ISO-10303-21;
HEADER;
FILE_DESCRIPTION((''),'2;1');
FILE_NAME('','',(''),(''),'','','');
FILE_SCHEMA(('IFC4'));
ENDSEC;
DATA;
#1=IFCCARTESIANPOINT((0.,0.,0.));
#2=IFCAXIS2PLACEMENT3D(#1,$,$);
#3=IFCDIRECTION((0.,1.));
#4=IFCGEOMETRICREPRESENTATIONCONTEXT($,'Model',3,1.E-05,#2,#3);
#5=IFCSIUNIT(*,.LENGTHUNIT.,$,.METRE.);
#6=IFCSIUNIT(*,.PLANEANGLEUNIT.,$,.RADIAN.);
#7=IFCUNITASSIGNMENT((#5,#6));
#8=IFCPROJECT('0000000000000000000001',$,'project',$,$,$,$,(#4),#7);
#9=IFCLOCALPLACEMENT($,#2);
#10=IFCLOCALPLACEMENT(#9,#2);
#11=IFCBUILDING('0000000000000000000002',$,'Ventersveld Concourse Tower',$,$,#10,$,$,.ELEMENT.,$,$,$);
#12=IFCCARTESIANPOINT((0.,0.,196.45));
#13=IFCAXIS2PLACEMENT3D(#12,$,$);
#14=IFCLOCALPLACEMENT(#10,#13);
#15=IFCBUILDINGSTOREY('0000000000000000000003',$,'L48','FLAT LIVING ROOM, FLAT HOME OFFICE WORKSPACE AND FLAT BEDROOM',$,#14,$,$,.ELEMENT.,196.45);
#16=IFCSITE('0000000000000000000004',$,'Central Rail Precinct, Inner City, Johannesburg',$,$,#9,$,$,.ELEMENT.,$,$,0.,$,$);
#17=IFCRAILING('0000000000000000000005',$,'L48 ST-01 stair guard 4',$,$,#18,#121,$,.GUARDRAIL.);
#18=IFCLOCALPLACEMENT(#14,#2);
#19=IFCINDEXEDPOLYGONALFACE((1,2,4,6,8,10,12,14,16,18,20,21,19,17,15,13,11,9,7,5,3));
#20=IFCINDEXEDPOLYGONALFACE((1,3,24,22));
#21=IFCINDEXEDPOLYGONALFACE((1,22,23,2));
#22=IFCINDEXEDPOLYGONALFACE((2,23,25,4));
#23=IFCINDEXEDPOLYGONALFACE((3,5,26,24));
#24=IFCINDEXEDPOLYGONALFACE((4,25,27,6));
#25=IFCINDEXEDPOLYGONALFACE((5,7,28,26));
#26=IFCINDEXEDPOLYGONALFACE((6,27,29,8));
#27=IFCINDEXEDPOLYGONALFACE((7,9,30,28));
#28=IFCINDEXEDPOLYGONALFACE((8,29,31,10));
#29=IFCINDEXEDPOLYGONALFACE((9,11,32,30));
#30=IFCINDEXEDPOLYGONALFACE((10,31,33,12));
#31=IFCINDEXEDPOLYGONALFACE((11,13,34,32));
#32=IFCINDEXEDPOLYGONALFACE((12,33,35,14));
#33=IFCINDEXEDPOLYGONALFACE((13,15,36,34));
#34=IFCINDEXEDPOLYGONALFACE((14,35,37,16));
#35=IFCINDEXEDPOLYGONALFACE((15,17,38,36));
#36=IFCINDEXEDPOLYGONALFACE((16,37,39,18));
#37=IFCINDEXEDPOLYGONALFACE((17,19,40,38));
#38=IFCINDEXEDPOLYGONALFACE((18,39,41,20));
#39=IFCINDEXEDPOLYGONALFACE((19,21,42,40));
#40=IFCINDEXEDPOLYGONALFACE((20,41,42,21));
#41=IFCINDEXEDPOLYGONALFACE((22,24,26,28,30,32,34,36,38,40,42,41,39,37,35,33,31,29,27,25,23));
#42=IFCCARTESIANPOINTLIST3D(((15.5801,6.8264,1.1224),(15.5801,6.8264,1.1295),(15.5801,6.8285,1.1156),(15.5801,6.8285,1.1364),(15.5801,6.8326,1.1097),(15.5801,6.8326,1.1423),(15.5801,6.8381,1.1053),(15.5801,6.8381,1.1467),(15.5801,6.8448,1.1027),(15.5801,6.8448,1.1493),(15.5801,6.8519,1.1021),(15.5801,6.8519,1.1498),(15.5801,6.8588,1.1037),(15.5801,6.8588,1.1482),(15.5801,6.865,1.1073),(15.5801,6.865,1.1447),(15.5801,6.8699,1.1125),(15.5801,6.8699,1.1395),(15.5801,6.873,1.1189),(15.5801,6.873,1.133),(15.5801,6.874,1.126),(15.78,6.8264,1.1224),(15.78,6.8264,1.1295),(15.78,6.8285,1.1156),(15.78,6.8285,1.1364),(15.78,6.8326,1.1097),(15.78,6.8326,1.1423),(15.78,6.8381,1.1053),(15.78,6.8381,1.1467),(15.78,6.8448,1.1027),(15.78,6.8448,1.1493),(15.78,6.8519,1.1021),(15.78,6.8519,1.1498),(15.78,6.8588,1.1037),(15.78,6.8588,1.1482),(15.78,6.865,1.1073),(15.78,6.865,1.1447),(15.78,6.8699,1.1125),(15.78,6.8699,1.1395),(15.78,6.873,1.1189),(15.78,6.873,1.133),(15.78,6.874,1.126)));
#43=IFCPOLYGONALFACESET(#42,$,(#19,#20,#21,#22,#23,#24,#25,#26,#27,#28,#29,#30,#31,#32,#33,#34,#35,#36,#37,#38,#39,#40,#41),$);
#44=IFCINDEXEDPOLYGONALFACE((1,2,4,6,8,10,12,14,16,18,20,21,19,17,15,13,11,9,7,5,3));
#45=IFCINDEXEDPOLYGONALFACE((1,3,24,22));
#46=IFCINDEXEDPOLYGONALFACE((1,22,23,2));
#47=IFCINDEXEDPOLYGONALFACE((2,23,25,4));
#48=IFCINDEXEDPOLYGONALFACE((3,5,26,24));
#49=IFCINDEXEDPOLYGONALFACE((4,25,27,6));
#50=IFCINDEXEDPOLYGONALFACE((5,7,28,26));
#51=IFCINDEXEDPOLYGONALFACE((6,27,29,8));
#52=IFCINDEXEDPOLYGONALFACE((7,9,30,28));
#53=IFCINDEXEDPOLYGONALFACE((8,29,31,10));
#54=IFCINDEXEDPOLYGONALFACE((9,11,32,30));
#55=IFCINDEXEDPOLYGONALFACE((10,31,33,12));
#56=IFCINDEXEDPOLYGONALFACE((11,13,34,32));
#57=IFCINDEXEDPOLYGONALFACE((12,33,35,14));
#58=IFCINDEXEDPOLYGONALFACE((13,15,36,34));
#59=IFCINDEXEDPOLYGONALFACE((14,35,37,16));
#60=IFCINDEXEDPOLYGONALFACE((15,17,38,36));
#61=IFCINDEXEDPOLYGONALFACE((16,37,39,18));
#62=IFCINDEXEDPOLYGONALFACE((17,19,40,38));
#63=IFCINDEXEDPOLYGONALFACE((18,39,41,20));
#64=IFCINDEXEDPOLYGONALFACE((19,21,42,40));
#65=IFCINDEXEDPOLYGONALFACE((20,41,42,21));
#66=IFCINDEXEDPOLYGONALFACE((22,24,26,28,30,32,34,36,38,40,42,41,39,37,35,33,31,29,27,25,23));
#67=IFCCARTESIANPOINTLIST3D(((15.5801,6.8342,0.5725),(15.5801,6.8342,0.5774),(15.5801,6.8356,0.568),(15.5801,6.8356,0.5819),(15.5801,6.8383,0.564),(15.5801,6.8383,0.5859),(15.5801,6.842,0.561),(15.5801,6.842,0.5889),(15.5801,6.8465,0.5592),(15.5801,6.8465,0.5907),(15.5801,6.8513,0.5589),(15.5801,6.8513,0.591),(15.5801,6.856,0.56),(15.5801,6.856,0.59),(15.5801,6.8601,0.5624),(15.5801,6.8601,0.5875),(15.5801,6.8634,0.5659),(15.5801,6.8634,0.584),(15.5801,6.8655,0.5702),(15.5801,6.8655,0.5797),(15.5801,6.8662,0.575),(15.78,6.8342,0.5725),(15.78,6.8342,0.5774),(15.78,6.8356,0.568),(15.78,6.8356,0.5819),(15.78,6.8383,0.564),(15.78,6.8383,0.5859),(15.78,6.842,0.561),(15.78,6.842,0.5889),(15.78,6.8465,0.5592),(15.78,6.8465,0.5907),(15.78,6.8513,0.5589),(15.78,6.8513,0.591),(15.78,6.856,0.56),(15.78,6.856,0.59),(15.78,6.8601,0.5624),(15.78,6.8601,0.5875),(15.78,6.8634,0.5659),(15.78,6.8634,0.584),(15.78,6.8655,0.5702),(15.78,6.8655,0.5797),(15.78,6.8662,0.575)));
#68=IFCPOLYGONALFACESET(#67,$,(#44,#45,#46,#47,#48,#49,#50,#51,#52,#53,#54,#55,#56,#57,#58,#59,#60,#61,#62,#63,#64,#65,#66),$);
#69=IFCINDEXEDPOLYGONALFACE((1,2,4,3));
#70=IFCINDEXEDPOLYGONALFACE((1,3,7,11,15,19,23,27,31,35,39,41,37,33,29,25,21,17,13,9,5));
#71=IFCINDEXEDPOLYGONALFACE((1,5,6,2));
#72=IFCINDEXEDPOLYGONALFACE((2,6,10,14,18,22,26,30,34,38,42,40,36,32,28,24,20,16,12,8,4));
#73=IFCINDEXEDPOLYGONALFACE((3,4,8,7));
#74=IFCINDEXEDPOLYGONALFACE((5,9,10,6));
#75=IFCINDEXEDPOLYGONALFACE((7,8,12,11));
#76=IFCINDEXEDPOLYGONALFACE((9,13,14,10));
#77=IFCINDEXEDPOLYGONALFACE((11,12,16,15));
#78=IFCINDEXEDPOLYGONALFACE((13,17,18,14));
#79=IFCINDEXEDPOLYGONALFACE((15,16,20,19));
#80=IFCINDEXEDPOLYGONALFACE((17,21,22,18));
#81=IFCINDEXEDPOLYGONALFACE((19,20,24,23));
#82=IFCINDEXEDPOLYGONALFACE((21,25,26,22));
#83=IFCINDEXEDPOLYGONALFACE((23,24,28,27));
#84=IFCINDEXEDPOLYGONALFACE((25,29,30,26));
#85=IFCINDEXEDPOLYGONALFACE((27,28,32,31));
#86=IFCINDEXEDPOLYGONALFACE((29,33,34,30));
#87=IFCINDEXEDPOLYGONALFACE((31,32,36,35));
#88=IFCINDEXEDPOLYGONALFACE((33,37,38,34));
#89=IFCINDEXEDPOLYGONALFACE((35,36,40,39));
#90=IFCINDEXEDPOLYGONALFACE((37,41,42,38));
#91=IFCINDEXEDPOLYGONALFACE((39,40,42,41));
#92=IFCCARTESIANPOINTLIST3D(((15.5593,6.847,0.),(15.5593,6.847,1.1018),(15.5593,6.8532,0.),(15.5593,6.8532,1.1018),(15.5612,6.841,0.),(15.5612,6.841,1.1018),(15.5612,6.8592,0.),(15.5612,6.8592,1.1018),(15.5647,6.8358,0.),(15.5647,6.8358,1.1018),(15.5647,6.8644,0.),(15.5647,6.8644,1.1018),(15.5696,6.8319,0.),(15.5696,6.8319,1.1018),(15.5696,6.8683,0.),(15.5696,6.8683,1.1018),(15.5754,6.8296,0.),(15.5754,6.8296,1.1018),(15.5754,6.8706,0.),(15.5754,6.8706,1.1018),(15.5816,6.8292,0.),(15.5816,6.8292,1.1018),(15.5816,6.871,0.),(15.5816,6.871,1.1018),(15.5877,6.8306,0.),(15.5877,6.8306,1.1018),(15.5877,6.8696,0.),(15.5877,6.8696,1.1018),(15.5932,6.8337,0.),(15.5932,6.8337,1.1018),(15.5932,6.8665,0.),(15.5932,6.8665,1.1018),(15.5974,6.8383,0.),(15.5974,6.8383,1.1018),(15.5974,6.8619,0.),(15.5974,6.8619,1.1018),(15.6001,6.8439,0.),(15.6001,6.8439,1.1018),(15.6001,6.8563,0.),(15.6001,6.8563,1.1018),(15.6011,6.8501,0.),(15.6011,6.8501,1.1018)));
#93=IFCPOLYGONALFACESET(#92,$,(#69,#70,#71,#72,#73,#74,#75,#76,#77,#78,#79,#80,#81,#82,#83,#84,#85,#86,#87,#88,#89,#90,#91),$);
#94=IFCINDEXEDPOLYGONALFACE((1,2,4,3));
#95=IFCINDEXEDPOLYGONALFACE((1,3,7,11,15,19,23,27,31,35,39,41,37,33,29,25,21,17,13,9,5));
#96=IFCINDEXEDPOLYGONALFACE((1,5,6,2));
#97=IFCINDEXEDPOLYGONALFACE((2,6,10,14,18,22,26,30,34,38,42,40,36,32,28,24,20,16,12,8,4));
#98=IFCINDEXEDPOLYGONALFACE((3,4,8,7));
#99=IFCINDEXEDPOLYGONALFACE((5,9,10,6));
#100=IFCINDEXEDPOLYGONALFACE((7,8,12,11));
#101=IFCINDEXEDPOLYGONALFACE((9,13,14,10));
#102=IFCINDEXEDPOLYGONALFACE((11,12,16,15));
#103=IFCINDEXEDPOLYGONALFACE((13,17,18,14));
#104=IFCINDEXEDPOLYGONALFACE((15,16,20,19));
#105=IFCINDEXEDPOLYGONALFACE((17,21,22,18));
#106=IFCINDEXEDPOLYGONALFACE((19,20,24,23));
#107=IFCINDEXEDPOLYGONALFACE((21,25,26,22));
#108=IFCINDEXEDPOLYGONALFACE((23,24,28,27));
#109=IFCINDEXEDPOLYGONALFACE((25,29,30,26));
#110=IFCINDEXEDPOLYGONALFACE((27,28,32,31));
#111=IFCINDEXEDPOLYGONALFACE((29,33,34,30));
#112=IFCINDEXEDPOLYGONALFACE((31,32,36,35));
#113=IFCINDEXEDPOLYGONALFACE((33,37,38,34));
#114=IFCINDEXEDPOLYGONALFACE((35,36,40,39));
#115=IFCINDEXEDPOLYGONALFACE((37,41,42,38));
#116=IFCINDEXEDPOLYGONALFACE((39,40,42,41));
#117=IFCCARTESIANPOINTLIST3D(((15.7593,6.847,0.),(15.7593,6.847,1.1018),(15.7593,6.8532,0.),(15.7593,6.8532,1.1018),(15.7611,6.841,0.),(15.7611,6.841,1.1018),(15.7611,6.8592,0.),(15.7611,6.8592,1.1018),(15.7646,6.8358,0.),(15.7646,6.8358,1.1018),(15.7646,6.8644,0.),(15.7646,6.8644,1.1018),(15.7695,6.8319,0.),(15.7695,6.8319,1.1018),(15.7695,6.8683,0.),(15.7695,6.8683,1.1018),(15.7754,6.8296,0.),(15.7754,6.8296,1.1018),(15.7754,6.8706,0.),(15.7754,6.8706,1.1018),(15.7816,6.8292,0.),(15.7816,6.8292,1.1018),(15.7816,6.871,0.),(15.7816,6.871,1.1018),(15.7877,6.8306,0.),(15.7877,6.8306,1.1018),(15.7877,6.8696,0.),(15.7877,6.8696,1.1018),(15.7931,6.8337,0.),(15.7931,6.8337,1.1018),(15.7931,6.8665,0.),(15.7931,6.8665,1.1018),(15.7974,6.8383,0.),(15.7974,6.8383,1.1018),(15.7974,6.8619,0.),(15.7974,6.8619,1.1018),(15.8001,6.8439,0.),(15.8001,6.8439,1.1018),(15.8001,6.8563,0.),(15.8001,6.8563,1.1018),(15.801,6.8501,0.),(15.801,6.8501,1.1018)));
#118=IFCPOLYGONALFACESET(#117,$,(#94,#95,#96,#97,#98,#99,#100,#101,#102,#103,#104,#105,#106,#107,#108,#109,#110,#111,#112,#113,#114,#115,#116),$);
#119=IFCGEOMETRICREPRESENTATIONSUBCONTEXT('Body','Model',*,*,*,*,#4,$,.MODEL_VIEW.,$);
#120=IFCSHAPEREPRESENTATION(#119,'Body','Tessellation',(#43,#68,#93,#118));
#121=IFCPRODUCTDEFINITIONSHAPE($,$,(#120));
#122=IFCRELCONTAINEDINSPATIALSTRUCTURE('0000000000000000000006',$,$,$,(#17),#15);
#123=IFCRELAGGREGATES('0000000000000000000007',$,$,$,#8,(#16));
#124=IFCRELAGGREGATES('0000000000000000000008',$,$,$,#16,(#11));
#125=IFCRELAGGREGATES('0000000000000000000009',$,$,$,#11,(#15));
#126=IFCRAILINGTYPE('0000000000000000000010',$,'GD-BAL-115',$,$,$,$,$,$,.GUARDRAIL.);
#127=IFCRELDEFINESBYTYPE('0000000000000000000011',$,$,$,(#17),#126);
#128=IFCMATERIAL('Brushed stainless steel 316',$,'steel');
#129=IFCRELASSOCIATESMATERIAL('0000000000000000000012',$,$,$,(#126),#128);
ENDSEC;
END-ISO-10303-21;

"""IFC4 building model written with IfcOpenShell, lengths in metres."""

from ifc_helpers import new_model, si_unit, direction, frame, origin, origin_2d, place, context, subcontext, project, spatial, circle, extrude, material, type_object, element, save


model = new_model("IFC4")

# Units and contexts
model_context = context("Model", 3, precision=1e-05, world=origin(), true_north=direction((0.0, 1.0)))
body_context = subcontext(model_context, "Body", "Model", "MODEL_VIEW")
ifc_project = project(units=[si_unit("LENGTHUNIT", "METRE"), si_unit("PLANEANGLEUNIT", "RADIAN")], contexts=[model_context])

# Site, building, storey
site_placement = place(None, origin())
site = spatial("IfcSite", under=ifc_project, at=site_placement, Name="Central Rail Precinct, Inner City, Johannesburg", CompositionType="ELEMENT", RefElevation=0.0)
building_placement = place(site_placement, origin())
building = spatial("IfcBuilding", under=site, at=building_placement, Name="Ventersveld Concourse Tower", CompositionType="ELEMENT")
storey_placement = place(building_placement, frame((0.0, 0.0, 196.45)))
storey = spatial("IfcBuildingStorey", under=building, at=storey_placement, Name="L48", Description="FLAT LIVING ROOM, FLAT HOME OFFICE WORKSPACE AND FLAT BEDROOM", CompositionType="ELEMENT", Elevation=196.45)

# Shared definitions
ifc_material_1 = material(Name="Brushed stainless steel 316", Category="steel")

# Railing
railing_type = type_object("IfcRailingType", Name="GD-BAL-115", PredefinedType="GUARDRAIL", material=ifc_material_1)
railing_1_placement = place(storey_placement, frame((15.5801, 6.8501, 0.0)))
element("IfcRailing", 1, at=railing_1_placement, inside=storey, type_object=railing_type, Name="L48 ST-01 stair guard 4", PredefinedType="GUARDRAIL", context=body_context, shape_type="SweptSolid", body=[
    extrude(circle(Radius=0.0239, at=origin_2d()), frame((0.0, 0.0, 1.126), z_axis=(1.0, 0.0, 0.0), x_axis=(0.0, 1.0, 0.0)), (0.0, 0.0, 1.0), 0.2),
    extrude(circle(Radius=0.0161, at=origin_2d()), frame((0.0, 0.0, 0.575), z_axis=(1.0, 0.0, 0.0), x_axis=(0.0, 1.0, 0.0)), (0.0, 0.0, 1.0), 0.2),
    extrude(circle(Radius=0.021, at=origin_2d()), origin(), (0.0, 0.0, 1.0), 1.1018),
    extrude(circle(Radius=0.021, at=origin_2d()), frame((0.2, 0.0, 0.0)), (0.0, 0.0, 1.0), 1.1018),
])

save(model, "model.ifc")
